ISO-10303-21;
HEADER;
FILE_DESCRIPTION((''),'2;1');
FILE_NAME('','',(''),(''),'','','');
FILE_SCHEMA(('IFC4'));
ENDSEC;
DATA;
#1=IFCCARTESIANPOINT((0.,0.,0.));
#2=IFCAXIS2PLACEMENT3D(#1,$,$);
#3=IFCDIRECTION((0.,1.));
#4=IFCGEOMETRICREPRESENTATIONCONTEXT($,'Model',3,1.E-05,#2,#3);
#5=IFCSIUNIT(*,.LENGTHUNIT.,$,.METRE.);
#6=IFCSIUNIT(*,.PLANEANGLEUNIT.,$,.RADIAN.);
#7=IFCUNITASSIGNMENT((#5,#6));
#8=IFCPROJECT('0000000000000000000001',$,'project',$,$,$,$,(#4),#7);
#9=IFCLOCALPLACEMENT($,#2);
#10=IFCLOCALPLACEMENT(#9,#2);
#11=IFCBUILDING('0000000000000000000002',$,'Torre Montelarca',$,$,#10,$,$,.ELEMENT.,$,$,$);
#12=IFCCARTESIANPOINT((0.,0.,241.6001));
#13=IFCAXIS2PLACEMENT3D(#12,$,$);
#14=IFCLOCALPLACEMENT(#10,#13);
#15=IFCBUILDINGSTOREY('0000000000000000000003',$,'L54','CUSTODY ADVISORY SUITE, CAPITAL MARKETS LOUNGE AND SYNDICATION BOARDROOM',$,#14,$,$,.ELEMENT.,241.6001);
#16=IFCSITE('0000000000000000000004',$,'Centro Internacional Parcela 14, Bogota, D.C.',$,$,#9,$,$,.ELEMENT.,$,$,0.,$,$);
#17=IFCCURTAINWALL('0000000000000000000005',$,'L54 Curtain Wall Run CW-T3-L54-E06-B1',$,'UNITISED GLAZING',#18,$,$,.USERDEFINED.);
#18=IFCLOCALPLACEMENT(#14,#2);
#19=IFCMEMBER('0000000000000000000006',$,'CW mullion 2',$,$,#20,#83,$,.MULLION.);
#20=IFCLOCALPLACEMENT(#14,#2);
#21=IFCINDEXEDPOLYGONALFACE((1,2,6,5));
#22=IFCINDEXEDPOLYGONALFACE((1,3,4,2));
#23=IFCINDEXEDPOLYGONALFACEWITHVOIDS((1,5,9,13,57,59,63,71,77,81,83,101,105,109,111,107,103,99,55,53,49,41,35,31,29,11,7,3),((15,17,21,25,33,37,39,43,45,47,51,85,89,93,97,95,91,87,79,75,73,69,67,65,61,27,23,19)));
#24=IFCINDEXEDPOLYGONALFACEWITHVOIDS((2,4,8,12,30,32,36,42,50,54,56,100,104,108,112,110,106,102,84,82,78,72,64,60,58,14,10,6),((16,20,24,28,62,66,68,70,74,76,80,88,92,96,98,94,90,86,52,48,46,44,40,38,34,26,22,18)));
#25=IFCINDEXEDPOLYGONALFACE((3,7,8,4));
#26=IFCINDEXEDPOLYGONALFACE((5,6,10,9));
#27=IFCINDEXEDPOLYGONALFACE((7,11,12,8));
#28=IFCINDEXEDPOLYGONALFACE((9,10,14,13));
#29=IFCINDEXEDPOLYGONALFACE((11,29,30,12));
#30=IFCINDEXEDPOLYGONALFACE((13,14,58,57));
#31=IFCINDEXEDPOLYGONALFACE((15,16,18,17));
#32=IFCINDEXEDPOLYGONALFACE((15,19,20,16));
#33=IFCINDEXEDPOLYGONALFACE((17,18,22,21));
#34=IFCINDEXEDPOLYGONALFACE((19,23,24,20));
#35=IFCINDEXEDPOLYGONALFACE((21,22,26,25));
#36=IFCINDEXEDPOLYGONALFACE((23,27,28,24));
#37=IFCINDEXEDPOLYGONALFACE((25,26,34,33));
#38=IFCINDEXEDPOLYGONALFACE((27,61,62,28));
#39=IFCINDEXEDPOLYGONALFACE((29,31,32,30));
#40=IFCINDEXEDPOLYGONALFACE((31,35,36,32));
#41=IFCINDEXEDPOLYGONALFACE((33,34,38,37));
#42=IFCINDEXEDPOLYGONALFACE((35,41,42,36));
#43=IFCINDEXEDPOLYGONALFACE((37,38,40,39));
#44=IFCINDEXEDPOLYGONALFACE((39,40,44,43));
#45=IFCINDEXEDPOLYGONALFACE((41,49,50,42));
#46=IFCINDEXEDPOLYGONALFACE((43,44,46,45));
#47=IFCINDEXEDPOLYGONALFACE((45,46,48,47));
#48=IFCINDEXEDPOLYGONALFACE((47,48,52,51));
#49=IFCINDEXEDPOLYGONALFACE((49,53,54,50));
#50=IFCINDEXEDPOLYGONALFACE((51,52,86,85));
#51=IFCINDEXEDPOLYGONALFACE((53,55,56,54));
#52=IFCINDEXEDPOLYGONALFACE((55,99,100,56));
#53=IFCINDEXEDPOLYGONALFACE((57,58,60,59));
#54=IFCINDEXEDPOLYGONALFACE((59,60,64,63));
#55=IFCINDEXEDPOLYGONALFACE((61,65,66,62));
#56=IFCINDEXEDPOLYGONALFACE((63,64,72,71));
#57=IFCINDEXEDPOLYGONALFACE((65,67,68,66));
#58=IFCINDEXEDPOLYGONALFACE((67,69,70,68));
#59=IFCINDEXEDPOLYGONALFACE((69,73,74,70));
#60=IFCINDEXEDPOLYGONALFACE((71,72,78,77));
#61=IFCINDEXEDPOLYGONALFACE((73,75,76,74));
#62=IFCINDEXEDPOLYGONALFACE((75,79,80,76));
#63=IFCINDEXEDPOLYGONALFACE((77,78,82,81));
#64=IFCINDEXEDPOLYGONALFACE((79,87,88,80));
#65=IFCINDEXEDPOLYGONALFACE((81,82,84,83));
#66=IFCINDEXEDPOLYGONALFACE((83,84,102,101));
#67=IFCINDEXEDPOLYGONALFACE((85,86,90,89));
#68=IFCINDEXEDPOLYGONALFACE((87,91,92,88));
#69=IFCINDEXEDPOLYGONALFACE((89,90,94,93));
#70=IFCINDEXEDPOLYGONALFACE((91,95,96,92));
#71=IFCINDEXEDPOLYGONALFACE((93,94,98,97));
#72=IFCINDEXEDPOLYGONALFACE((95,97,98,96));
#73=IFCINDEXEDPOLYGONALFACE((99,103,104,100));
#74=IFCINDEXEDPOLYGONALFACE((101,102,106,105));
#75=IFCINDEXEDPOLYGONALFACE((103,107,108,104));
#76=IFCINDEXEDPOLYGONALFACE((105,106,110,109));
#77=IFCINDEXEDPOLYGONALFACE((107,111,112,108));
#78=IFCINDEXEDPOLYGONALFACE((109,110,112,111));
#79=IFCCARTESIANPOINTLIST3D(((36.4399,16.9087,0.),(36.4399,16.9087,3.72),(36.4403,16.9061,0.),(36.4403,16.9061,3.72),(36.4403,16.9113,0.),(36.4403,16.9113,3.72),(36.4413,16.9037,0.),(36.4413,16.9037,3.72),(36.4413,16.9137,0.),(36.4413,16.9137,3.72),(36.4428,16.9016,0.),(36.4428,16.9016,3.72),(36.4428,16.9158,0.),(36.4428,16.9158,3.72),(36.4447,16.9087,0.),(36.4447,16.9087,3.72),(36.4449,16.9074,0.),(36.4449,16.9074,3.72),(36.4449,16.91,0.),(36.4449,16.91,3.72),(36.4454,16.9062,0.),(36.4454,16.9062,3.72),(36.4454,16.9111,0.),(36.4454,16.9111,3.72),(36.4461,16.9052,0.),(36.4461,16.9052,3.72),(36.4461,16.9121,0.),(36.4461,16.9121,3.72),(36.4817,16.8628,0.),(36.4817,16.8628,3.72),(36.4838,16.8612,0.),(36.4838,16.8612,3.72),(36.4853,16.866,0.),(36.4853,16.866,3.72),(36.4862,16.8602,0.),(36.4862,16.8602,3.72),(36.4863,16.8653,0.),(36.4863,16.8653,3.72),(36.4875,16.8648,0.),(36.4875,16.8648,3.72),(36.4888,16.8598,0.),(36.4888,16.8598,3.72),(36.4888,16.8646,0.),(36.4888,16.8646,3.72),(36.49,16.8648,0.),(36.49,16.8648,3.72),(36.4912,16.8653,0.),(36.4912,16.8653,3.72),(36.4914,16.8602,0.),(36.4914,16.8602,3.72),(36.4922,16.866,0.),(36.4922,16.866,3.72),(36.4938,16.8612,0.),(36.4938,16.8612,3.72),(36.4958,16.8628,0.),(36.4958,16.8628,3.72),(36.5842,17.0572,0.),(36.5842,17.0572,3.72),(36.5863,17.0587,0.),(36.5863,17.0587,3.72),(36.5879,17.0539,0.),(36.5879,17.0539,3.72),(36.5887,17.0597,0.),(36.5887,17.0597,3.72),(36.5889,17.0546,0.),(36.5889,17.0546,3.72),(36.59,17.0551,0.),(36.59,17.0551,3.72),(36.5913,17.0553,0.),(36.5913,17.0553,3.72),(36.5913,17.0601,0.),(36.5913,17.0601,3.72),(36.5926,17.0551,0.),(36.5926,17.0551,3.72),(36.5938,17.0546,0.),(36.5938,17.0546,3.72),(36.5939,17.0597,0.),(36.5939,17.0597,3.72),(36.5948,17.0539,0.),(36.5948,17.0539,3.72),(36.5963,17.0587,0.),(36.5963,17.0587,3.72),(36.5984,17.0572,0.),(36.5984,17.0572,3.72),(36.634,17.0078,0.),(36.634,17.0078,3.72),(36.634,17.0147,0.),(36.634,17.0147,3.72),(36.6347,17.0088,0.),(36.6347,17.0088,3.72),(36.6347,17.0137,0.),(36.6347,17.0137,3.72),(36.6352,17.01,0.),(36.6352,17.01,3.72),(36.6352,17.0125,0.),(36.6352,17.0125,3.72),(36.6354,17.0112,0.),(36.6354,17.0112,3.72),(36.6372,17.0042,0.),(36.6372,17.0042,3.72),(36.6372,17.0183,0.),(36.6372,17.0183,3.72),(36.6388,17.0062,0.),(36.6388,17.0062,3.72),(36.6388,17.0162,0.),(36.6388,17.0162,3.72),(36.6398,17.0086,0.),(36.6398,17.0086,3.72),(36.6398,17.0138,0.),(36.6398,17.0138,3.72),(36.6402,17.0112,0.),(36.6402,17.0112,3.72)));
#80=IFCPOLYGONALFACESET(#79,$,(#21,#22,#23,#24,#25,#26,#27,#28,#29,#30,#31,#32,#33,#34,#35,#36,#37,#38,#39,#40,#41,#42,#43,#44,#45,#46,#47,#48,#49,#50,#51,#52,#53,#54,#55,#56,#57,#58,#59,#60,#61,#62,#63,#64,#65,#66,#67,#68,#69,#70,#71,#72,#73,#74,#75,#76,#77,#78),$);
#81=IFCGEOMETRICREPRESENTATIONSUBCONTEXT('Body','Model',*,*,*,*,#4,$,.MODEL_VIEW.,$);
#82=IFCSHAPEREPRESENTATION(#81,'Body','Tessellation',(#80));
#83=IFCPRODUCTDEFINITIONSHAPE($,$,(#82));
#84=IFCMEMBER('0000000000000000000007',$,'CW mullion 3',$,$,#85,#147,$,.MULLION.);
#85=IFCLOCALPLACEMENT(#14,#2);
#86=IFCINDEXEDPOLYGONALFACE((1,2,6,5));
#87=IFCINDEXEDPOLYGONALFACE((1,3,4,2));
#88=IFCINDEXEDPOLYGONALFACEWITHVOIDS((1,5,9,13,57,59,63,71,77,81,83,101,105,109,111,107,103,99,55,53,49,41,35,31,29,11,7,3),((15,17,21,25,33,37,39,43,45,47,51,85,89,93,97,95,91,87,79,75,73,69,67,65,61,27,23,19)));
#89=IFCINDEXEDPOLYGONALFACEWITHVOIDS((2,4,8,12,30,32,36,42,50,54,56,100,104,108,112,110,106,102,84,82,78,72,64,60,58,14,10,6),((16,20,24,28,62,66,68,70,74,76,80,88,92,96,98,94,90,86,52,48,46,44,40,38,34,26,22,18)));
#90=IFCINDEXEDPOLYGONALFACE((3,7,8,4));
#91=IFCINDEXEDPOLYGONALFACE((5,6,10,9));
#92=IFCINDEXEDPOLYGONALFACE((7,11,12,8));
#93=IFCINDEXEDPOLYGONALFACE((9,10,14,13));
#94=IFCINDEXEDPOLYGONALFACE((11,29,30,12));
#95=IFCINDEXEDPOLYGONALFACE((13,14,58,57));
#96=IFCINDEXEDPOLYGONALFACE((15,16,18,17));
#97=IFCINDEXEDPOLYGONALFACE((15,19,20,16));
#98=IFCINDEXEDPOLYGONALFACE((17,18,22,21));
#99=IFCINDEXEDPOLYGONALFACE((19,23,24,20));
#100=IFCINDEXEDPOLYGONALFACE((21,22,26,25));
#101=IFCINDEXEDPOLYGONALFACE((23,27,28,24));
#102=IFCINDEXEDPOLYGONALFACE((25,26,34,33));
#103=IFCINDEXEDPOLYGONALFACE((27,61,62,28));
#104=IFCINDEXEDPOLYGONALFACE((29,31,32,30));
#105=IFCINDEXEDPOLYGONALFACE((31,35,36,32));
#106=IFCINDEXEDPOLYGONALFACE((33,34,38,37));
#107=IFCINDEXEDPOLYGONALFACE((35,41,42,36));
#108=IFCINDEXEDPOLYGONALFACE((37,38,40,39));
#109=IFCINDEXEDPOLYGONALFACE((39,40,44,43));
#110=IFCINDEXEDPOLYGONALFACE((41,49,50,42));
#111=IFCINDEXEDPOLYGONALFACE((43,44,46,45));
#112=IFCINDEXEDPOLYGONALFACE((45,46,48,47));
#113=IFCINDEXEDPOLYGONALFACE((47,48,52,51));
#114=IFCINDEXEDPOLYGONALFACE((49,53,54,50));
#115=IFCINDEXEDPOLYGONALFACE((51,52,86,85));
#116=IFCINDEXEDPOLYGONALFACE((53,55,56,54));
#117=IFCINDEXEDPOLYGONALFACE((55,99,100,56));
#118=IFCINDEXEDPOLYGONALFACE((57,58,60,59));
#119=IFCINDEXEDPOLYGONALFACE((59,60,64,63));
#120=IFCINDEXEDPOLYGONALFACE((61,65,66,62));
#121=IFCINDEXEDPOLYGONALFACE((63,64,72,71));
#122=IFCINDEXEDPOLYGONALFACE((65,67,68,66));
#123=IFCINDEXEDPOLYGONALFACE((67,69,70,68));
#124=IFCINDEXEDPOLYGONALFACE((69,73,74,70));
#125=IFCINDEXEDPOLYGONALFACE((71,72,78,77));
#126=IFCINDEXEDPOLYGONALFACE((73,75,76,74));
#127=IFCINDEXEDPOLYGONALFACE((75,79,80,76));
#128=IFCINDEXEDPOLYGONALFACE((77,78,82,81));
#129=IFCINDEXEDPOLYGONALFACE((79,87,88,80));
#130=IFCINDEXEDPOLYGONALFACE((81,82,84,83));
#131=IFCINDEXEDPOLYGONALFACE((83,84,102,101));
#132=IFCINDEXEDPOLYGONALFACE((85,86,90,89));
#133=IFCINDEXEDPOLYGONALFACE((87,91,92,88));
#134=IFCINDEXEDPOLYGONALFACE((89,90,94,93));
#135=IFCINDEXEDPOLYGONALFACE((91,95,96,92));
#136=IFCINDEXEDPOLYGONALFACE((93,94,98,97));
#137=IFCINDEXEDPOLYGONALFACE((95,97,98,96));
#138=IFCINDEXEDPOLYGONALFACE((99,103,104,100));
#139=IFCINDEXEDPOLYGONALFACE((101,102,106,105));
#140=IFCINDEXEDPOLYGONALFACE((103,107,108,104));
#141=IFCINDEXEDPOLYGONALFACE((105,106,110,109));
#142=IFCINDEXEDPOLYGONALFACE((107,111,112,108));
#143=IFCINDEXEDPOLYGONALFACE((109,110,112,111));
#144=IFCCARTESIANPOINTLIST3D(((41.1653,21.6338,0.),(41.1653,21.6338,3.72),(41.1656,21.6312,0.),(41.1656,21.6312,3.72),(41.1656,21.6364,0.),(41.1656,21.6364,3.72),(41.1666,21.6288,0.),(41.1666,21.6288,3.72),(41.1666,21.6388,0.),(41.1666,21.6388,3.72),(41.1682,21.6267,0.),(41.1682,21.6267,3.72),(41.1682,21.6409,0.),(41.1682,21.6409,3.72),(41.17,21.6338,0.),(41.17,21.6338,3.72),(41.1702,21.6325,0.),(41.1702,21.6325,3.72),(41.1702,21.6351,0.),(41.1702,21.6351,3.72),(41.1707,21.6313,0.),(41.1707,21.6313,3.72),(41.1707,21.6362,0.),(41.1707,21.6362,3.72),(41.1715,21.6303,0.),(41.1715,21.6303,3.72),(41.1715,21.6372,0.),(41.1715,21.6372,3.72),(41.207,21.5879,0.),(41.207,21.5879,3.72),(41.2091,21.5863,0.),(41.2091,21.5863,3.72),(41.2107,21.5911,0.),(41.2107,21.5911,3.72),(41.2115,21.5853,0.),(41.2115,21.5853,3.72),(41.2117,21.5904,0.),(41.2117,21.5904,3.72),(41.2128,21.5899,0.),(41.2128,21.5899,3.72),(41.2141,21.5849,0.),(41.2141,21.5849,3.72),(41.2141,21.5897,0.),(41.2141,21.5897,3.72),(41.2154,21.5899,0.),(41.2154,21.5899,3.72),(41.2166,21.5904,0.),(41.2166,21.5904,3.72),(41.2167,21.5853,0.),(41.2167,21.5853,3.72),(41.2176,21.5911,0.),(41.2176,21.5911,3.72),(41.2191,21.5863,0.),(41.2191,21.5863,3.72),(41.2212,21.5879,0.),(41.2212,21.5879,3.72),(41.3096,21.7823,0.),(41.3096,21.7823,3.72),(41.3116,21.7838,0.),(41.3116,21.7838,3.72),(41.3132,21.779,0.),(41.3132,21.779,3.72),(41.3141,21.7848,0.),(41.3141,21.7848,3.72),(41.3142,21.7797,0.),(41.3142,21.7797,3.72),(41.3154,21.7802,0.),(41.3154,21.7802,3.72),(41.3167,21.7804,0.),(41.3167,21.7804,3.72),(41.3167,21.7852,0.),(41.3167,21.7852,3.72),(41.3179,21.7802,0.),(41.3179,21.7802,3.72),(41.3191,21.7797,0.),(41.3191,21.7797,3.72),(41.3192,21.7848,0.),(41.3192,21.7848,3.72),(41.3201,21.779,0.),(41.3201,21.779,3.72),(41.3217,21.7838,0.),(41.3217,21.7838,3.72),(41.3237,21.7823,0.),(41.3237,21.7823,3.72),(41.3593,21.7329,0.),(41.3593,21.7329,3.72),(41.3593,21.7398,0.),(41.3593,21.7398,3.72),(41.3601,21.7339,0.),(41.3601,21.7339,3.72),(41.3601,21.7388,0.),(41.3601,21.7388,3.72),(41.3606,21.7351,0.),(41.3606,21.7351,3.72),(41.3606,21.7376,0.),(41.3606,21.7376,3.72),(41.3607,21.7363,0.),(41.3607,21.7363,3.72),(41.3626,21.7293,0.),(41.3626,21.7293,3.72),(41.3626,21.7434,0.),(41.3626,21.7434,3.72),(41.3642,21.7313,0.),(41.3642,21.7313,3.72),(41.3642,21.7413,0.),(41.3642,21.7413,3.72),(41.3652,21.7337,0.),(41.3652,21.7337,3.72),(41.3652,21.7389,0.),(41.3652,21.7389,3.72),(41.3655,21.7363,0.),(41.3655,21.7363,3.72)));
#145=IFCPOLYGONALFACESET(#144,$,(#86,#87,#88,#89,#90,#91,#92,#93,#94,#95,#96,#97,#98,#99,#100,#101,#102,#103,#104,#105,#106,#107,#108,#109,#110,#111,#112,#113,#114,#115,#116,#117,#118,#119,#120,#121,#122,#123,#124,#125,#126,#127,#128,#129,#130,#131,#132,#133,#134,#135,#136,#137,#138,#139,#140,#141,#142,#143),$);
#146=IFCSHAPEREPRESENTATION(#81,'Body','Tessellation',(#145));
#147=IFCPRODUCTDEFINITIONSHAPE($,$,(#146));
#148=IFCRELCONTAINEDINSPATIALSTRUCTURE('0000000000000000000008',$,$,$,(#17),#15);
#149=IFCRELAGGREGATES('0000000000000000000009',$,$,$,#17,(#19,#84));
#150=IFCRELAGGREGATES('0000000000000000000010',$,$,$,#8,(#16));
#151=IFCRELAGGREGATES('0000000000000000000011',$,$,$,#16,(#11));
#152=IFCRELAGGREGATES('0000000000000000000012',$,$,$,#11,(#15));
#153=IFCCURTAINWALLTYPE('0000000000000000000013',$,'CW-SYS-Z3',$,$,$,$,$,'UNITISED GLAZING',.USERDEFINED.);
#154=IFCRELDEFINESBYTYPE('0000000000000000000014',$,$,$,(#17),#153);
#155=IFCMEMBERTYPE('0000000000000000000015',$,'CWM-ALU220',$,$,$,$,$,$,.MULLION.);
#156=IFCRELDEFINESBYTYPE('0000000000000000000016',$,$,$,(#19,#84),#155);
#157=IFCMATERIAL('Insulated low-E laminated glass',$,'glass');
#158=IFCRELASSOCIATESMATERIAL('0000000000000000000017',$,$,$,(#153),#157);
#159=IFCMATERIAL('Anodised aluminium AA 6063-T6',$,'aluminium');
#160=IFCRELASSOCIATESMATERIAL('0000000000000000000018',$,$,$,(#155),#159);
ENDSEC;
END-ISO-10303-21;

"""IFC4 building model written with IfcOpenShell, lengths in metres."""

from ifc_helpers import new_model, si_unit, direction, frame, origin, origin_2d, place, context, subcontext, project, spatial, hollow_rectangle, extrude, source, transform, mapped, material, material_profile, profile_set, type_object, element, aggregate, save


model = new_model("IFC4")

# Units and contexts
model_context = context("Model", 3, precision=1e-05, world=origin(), true_north=direction((0.0, 1.0)))
body_context = subcontext(model_context, "Body", "Model", "MODEL_VIEW")
ifc_project = project(units=[si_unit("LENGTHUNIT", "METRE"), si_unit("PLANEANGLEUNIT", "RADIAN")], contexts=[model_context])

# Site, building, storey
site_placement = place(None, origin())
site = spatial("IfcSite", under=ifc_project, at=site_placement, Name="Centro Internacional Parcela 14, Bogota, D.C.", CompositionType="ELEMENT", RefElevation=0.0)
building_placement = place(site_placement, origin())
building = spatial("IfcBuilding", under=site, at=building_placement, Name="Torre Montelarca", CompositionType="ELEMENT")
storey_placement = place(building_placement, frame((0.0, 0.0, 241.6001)))
storey = spatial("IfcBuildingStorey", under=building, at=storey_placement, Name="L54", Description="CUSTODY ADVISORY SUITE, CAPITAL MARKETS LOUNGE AND SYNDICATION BOARDROOM", CompositionType="ELEMENT", Elevation=241.6001)

# Shared definitions
ifc_material_1 = material(Name="Insulated low-E laminated glass", Category="glass")
curtain_wall_type = type_object("IfcCurtainWallType", Name="CW-SYS-Z3", ElementType="UNITISED GLAZING", PredefinedType="USERDEFINED", material=ifc_material_1)
ifc_material_2 = material(Name="Anodised aluminium AA 6063-T6", Category="aluminium")

# Shared definitions
ifc_material_profile_1 = material_profile(ifc_material_2, hollow_rectangle(XDim=0.075, YDim=0.22, WallThickness=0.0049, InnerFilletRadius=0.0049, OuterFilletRadius=0.01, at=origin_2d()), Name="ALU75X220X5", Category="aluminium")
ifc_profile_set_1 = profile_set([ifc_material_profile_1], Name="Anodised aluminium AA 6063-T6")
member_type_1 = type_object("IfcMemberType", Name="CWM-ALU220", PredefinedType="MULLION", material=ifc_profile_set_1)
shared_shape_1 = source(origin(), body_context, "Body", "SweptSolid", [
    extrude(hollow_rectangle(XDim=0.075, YDim=0.22, WallThickness=0.0049, InnerFilletRadius=0.0049, OuterFilletRadius=0.01, at=origin_2d()), origin(), (0.0, 0.0, 1.0), 3.72),
])

# Curtain wall, members
curtain_wall_1_placement = place(storey_placement, origin())
curtain_wall_1 = element("IfcCurtainWall", 1, at=curtain_wall_1_placement, inside=storey, type_object=curtain_wall_type, Name="L54 Curtain Wall Run CW-T3-L54-E06-B1", ObjectType="UNITISED GLAZING", PredefinedType="USERDEFINED")
member_1_placement = place(storey_placement, frame((36.54, 16.96, 0.0), z_axis=(0.0, 0.0, 1.0), x_axis=(-0.707107, 0.707107, 0.0)))
member_1 = element("IfcMember", 2, at=member_1_placement, type_object=member_type_1, Name="CW mullion 2", PredefinedType="MULLION", context=body_context, shape_type="MappedRepresentation", body=[
    mapped(shared_shape_1, transform((0.0, 0.0, 0.0), scale=1.0)),
])
member_2_placement = place(storey_placement, frame((41.2654, 21.6851, 0.0), z_axis=(0.0, 0.0, 1.0), x_axis=(-0.707107, 0.707107, 0.0)))
member_2 = element("IfcMember", 3, at=member_2_placement, type_object=member_type_1, Name="CW mullion 3", PredefinedType="MULLION", context=body_context, shape_type="MappedRepresentation", body=[
    mapped(shared_shape_1, transform((0.0, 0.0, 0.0), scale=1.0)),
])

aggregate(curtain_wall_1, [member_1, member_2])

save(model, "model.ifc")
